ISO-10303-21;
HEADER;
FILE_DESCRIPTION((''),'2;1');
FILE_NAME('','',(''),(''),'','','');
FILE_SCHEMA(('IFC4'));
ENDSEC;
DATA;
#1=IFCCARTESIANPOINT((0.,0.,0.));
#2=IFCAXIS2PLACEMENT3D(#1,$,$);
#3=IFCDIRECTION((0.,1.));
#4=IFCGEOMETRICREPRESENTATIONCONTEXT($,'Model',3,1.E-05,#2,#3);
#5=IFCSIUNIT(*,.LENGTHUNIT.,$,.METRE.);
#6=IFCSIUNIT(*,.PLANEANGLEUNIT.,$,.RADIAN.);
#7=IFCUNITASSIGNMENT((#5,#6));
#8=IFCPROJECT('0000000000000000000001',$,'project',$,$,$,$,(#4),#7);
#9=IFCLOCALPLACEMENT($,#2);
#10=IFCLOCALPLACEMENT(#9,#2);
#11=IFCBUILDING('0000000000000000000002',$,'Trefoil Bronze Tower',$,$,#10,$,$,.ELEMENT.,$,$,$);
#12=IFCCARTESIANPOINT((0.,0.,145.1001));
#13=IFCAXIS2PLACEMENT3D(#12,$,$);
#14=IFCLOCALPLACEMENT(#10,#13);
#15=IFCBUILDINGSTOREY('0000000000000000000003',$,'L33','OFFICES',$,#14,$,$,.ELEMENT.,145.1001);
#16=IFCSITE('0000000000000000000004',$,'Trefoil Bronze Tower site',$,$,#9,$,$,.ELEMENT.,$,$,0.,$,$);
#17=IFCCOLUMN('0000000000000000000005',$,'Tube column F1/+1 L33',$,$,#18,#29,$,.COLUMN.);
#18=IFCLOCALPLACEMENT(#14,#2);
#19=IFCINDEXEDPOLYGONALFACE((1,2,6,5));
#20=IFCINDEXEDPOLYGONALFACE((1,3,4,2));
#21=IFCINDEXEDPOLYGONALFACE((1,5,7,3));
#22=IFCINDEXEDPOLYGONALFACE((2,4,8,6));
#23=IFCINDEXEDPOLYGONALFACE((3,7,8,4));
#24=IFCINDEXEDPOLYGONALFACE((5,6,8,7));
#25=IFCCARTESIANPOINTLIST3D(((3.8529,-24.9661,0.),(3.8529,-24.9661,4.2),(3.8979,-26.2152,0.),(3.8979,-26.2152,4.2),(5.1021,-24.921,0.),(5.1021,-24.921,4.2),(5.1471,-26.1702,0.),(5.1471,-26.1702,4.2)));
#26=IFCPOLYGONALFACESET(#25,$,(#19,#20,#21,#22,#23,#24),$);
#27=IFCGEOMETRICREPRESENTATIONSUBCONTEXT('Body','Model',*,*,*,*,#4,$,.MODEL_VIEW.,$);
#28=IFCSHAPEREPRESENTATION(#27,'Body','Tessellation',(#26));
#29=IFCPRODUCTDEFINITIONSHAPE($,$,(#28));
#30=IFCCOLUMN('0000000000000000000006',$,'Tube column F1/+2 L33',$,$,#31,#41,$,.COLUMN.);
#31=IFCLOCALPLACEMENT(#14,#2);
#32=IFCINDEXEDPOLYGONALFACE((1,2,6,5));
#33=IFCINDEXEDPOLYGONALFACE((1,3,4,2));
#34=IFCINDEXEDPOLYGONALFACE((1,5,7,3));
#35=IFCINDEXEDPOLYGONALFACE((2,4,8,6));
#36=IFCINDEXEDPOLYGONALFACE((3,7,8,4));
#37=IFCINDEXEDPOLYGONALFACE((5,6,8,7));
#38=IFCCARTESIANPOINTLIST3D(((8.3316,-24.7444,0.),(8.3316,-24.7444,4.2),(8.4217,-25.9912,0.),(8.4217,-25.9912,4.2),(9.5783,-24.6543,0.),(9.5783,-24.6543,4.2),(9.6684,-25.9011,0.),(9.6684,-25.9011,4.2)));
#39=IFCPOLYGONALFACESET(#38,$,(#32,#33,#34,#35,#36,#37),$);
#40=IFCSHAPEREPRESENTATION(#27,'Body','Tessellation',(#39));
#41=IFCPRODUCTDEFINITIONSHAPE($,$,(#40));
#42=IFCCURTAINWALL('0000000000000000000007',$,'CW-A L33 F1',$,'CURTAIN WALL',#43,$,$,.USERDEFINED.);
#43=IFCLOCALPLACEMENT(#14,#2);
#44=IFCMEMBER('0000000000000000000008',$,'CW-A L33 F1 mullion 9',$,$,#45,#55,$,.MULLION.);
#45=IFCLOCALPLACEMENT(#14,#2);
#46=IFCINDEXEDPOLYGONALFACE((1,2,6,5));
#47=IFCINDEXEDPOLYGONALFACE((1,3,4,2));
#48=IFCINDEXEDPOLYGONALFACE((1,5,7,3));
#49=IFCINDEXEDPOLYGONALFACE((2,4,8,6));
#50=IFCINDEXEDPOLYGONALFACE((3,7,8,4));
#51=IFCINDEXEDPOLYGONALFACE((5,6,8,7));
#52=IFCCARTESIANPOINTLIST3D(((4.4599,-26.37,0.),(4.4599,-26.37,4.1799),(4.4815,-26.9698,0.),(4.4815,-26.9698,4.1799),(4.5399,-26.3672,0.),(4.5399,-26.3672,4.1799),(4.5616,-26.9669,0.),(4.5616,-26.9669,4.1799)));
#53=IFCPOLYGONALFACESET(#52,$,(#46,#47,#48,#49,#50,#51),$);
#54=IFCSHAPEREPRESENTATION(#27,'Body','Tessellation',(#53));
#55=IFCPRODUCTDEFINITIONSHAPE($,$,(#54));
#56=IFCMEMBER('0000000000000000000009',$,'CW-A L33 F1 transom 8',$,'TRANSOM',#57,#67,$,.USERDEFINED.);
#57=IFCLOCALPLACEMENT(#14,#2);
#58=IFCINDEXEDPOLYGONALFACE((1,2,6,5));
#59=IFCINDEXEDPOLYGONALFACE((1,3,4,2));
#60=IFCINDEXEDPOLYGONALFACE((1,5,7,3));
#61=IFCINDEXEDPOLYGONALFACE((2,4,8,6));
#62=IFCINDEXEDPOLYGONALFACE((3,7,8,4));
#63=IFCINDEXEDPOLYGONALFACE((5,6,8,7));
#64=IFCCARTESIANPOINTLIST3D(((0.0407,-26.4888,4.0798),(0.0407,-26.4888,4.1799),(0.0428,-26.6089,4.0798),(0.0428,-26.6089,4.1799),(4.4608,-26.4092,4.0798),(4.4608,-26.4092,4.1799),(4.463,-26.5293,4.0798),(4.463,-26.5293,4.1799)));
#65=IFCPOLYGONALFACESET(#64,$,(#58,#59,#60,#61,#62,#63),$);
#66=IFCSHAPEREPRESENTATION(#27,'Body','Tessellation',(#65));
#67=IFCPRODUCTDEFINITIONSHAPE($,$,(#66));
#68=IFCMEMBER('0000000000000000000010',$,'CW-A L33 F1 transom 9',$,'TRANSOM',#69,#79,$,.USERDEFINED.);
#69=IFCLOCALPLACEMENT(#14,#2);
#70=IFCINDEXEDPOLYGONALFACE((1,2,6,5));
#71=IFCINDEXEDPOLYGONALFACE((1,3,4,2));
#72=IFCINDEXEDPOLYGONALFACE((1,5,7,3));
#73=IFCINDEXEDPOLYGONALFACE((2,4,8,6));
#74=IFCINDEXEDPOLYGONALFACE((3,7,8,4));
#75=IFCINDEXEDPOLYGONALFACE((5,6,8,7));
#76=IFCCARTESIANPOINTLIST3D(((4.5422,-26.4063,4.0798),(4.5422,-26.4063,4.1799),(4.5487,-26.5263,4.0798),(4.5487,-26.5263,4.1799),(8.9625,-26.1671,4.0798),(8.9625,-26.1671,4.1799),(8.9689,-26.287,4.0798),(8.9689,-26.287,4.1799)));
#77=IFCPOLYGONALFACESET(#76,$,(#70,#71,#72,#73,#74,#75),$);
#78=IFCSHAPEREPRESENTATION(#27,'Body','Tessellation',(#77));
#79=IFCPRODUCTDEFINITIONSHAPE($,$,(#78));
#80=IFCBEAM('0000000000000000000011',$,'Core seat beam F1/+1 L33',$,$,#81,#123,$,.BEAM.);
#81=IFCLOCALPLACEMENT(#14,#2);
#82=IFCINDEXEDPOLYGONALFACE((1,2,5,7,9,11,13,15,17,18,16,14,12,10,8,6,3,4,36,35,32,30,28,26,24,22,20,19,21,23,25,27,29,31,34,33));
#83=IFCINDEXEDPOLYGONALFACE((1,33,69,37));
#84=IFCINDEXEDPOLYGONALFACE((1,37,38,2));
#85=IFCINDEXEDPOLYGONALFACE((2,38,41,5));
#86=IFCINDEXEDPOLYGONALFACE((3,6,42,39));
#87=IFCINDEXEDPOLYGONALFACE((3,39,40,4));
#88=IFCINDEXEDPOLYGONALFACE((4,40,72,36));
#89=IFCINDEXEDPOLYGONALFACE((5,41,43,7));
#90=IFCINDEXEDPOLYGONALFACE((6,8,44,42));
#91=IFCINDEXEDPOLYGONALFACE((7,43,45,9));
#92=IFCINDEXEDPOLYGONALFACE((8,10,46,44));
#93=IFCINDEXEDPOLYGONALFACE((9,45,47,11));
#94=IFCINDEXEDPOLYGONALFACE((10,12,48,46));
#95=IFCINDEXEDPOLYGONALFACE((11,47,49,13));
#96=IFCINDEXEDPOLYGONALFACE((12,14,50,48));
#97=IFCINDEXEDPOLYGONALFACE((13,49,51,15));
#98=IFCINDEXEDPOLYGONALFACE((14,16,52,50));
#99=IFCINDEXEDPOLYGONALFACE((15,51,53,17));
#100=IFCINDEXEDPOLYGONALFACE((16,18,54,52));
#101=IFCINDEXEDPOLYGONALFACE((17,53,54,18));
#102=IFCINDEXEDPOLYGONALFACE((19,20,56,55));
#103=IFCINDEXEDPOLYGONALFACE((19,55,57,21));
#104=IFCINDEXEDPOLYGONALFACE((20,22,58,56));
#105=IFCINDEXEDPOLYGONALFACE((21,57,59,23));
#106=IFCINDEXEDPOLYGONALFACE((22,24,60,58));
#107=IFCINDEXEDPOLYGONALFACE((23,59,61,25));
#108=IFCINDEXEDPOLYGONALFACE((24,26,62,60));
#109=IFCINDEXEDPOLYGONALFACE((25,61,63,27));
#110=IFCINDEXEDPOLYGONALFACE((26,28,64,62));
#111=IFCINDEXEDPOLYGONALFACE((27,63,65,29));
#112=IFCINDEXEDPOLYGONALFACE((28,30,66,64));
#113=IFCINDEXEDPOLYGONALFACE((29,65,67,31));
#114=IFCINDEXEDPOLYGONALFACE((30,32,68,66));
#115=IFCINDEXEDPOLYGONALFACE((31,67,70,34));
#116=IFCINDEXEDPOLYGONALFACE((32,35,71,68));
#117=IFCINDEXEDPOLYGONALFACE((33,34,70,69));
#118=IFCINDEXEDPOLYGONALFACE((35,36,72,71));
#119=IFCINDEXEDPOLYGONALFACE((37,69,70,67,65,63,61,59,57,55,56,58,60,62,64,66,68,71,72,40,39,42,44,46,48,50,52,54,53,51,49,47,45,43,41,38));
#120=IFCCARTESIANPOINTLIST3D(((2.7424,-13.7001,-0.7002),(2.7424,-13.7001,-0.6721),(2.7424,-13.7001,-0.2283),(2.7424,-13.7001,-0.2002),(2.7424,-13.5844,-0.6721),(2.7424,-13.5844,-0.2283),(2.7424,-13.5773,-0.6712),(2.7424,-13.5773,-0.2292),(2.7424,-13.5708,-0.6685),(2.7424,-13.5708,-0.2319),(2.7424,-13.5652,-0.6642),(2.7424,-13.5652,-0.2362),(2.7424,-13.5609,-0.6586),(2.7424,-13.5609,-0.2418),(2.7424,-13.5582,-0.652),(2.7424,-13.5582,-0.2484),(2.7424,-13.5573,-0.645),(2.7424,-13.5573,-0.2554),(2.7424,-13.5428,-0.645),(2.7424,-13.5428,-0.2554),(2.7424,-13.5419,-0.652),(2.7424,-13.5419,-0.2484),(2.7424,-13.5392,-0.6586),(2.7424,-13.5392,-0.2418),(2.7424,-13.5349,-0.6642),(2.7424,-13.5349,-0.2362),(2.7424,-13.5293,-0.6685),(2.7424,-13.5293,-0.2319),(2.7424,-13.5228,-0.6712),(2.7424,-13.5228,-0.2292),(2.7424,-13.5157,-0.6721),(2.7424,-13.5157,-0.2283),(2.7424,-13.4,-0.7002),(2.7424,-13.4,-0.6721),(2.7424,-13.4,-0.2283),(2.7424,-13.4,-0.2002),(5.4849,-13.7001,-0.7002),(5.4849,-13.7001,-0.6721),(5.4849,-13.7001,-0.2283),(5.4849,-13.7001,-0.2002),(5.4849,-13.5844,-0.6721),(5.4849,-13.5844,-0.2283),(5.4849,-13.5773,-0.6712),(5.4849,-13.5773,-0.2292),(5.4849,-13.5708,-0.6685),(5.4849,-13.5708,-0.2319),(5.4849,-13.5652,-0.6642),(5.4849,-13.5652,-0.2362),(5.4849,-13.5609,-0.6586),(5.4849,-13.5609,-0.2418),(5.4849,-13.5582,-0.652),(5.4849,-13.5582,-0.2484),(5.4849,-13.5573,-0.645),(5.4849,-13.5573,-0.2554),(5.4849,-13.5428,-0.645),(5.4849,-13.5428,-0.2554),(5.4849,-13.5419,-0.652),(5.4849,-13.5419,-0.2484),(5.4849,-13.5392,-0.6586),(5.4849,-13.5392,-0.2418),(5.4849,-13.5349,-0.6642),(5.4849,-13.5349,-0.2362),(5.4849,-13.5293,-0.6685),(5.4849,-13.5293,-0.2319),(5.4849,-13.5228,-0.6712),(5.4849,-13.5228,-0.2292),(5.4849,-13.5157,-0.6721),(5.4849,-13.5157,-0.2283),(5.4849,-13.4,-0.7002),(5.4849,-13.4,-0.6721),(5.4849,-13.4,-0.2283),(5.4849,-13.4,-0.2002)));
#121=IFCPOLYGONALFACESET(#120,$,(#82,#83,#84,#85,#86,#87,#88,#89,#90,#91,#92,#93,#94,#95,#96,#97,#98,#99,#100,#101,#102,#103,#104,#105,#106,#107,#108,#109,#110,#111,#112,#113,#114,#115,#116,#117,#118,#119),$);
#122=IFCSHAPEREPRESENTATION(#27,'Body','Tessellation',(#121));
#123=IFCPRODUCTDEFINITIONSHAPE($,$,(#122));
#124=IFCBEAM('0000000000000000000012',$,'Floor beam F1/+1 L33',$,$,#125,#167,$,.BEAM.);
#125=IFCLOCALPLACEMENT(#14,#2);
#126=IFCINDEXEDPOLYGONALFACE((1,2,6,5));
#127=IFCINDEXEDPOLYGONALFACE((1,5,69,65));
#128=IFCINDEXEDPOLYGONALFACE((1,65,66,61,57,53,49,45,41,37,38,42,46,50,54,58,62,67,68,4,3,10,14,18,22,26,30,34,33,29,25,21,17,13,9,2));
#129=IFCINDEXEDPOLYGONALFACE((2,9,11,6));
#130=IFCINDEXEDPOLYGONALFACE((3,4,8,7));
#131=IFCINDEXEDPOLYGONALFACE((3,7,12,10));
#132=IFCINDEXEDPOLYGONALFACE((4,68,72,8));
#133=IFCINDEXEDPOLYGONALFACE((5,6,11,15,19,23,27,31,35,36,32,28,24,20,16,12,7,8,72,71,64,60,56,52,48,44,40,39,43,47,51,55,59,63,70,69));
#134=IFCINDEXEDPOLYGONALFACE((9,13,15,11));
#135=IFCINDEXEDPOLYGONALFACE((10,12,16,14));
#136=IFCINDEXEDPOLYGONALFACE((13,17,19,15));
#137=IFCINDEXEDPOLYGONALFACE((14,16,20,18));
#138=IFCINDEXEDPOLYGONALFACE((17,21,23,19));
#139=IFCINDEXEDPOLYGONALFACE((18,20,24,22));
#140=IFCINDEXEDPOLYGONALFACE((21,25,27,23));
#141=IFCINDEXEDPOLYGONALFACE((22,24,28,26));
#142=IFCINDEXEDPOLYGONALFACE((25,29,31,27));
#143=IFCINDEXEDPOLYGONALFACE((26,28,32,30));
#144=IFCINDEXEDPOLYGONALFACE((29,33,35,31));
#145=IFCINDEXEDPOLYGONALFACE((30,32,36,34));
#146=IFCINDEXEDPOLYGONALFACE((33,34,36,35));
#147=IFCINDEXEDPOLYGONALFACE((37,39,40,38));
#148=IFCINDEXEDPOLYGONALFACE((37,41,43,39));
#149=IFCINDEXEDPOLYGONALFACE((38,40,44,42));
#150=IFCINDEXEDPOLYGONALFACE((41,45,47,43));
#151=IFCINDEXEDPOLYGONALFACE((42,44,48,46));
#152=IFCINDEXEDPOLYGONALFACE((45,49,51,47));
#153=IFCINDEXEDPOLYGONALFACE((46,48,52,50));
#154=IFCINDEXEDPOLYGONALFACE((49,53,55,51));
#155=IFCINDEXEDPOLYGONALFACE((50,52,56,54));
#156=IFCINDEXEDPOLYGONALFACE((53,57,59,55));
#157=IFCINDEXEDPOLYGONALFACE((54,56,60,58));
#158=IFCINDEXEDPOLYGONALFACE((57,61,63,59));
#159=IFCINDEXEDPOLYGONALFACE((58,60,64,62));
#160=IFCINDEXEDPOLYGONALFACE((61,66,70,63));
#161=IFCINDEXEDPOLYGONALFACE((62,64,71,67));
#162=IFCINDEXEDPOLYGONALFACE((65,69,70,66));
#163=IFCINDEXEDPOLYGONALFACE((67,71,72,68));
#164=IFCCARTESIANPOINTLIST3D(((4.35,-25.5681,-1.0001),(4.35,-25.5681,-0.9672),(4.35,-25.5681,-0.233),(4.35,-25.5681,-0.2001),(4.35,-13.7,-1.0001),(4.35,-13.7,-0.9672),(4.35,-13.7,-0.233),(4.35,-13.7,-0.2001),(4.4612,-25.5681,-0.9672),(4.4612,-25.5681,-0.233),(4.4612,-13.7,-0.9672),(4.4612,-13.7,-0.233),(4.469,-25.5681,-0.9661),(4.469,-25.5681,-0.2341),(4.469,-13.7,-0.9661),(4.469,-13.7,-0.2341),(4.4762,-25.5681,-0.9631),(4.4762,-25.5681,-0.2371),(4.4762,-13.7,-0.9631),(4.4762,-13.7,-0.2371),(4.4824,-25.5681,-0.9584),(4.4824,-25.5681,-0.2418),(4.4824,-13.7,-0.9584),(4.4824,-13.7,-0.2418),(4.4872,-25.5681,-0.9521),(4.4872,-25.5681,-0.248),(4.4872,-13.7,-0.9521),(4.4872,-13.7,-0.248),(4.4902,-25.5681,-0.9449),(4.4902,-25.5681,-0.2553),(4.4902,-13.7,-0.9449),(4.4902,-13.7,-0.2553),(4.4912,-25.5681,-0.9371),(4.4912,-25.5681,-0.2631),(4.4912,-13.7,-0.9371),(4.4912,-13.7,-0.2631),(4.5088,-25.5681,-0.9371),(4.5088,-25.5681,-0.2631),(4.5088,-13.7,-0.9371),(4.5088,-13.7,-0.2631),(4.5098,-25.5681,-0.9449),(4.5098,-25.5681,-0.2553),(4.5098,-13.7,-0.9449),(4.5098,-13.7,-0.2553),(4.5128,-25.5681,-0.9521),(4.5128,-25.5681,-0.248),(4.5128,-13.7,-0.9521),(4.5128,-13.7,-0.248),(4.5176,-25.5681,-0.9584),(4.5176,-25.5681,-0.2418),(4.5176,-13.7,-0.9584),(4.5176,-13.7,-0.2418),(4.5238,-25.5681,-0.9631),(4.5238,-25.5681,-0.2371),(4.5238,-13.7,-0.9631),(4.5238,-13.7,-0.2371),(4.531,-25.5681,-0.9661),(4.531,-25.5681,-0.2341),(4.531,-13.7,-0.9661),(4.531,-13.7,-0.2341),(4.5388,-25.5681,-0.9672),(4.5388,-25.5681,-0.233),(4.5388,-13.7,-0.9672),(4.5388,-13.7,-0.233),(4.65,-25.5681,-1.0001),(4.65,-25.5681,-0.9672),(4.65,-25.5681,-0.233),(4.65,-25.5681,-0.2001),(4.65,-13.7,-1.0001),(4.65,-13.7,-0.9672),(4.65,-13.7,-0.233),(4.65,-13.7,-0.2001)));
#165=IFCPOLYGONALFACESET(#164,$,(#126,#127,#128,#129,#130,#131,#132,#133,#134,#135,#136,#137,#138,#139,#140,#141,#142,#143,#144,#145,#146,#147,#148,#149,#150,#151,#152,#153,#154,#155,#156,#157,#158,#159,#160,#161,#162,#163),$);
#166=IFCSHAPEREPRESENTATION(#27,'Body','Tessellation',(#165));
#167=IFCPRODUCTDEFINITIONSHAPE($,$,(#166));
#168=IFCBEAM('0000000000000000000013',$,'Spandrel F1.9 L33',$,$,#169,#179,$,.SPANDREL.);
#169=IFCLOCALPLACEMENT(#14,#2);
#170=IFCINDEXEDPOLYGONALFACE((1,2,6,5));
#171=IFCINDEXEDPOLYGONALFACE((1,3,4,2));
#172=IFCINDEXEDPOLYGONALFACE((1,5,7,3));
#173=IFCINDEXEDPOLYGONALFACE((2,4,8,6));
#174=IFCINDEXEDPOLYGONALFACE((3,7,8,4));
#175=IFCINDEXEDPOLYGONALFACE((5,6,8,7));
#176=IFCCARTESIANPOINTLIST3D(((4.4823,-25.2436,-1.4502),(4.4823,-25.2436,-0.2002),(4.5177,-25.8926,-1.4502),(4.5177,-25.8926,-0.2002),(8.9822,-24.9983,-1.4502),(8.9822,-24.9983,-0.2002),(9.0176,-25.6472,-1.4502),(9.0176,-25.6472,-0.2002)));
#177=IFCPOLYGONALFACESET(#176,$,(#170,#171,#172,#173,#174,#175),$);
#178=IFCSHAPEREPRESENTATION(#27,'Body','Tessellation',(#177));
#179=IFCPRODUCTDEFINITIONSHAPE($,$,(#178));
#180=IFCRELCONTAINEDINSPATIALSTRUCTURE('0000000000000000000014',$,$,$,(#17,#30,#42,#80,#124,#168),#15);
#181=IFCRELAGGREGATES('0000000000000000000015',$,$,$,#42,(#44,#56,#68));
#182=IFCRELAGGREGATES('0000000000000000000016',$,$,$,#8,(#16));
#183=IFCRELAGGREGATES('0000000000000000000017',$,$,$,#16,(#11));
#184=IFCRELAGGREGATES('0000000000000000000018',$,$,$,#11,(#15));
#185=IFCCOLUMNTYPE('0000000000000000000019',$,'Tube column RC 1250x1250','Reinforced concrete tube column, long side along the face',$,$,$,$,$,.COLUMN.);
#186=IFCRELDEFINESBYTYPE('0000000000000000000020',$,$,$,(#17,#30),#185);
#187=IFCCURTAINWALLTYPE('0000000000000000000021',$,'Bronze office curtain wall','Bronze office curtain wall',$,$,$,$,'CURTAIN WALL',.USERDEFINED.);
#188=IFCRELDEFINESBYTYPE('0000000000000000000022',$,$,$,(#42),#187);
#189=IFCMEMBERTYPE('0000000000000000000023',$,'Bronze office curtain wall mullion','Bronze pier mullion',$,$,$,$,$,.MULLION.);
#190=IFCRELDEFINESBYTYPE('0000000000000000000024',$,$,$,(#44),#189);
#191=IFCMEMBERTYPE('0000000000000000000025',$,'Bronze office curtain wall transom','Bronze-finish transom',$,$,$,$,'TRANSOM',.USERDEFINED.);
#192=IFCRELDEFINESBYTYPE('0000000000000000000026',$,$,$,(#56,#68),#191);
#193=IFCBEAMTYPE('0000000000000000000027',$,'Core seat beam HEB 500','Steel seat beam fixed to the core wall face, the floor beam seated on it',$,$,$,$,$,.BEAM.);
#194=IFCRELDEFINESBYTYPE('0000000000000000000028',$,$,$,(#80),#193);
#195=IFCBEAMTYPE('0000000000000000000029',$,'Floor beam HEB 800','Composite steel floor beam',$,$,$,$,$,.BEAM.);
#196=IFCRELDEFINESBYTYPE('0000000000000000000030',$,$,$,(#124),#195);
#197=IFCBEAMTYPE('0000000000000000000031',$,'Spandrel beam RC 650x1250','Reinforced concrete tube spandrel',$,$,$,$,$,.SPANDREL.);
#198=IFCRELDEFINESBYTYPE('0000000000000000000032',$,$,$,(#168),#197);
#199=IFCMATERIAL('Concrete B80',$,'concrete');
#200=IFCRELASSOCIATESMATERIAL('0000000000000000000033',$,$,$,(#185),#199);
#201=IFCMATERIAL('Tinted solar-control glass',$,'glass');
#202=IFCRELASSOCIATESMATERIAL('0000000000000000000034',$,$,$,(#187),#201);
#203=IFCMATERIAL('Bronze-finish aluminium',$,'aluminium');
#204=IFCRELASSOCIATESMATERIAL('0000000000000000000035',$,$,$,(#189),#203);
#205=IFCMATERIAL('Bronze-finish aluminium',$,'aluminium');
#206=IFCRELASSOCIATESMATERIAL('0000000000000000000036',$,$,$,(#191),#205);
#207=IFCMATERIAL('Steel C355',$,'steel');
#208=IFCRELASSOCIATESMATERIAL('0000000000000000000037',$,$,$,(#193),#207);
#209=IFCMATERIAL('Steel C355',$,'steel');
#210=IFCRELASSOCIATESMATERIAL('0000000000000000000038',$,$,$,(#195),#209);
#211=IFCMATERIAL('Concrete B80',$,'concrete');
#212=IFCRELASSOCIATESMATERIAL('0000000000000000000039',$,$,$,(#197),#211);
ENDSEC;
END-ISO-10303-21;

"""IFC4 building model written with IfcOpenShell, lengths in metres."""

from ifc_helpers import new_model, si_unit, direction, frame, origin, origin_2d, place, context, subcontext, project, spatial, rectangle, i_section, extrude, material, material_profile, profile_set, type_object, element, aggregate, save


model = new_model("IFC4")

# Units and contexts
model_context = context("Model", 3, precision=1e-05, world=origin(), true_north=direction((0.0, 1.0)))
body_context = subcontext(model_context, "Body", "Model", "MODEL_VIEW")
ifc_project = project(units=[si_unit("LENGTHUNIT", "METRE"), si_unit("PLANEANGLEUNIT", "RADIAN")], contexts=[model_context])

# Site, building, storey
site_placement = place(None, origin())
site = spatial("IfcSite", under=ifc_project, at=site_placement, Name="Trefoil Bronze Tower site", CompositionType="ELEMENT", RefElevation=0.0)
building_placement = place(site_placement, origin())
building = spatial("IfcBuilding", under=site, at=building_placement, Name="Trefoil Bronze Tower", CompositionType="ELEMENT")
storey_placement = place(building_placement, frame((0.0, 0.0, 145.1001)))
storey = spatial("IfcBuildingStorey", under=building, at=storey_placement, Name="L33", Description="OFFICES", CompositionType="ELEMENT", Elevation=145.1001)

# Columns
ifc_material_1 = material(Name="Concrete B80", Category="concrete")
ifc_material_profile_1 = material_profile(ifc_material_1, rectangle(XDim=1.25, YDim=1.25, at=origin_2d()), Name="RC 1250x1250")
ifc_profile_set_1 = profile_set([ifc_material_profile_1], Name="Concrete B80")
column_type = type_object("IfcColumnType", Name="Tube column RC 1250x1250", Description="Reinforced concrete tube column, long side along the face", PredefinedType="COLUMN", material=ifc_profile_set_1)
for number, where, z_axis, x_axis, name in (
    (1, (4.5, -25.5681, 0.0), (0.0, 0.0, 1.0), (0.99935, 0.036048, 0.0), "Tube column F1/+1 L33"),
    (2, (9.0, -25.3228, 0.0), (0.0, 0.0, 1.0), (0.997398, 0.072096, 0.0), "Tube column F1/+2 L33"),
):
    element("IfcColumn", number, at=place(storey_placement, frame(where, z_axis=z_axis, x_axis=x_axis)), inside=storey, type_object=column_type, Name=name, PredefinedType="COLUMN", context=body_context, shape_type="SweptSolid", body=[
        extrude(rectangle(XDim=1.25, YDim=1.25, at=origin_2d()), origin(), (0.0, 0.0, 1.0), 4.2),
    ])

# Curtain wall, members
ifc_material_2 = material(Name="Tinted solar-control glass", Category="glass")
curtain_wall_type = type_object("IfcCurtainWallType", Name="Bronze office curtain wall", Description="Bronze office curtain wall", ElementType="CURTAIN WALL", PredefinedType="USERDEFINED", material=ifc_material_2)
curtain_wall_placement = place(storey_placement, origin())
curtain_wall = element("IfcCurtainWall", 3, at=curtain_wall_placement, inside=storey, type_object=curtain_wall_type, Name="CW-A L33 F1", ObjectType="CURTAIN WALL", PredefinedType="USERDEFINED")
ifc_material_3 = material(Name="Bronze-finish aluminium", Category="aluminium")
ifc_material_profile_2 = material_profile(ifc_material_3, rectangle(XDim=0.6001, YDim=0.0801, at=origin_2d()), Name="CW-A mullion")
ifc_profile_set_2 = profile_set([ifc_material_profile_2], Name="Bronze-finish aluminium")
member_type_1 = type_object("IfcMemberType", Name="Bronze office curtain wall mullion", Description="Bronze pier mullion", PredefinedType="MULLION", material=ifc_profile_set_2)
member_1_placement = place(storey_placement, frame((4.5107, -26.6685, 0.0), z_axis=(0.0, 0.0, 1.0), x_axis=(-0.036048, 0.99935, 0.0)))
member_1 = element("IfcMember", 4, at=member_1_placement, type_object=member_type_1, Name="CW-A L33 F1 mullion 9", PredefinedType="MULLION", context=body_context, shape_type="SweptSolid", body=[
    extrude(rectangle(XDim=0.6001, YDim=0.0801, at=origin_2d()), origin(), (0.0, 0.0, 1.0), 4.1799),
])
ifc_material_4 = material(Name="Bronze-finish aluminium", Category="aluminium")
ifc_material_profile_3 = material_profile(ifc_material_4, rectangle(XDim=0.1201, YDim=0.1001, at=origin_2d()), Name="CW-A transom")
ifc_profile_set_3 = profile_set([ifc_material_profile_3], Name="Bronze-finish aluminium")
member_type_2 = type_object("IfcMemberType", Name="Bronze office curtain wall transom", Description="Bronze-finish transom", ElementType="TRANSOM", PredefinedType="USERDEFINED", material=ifc_profile_set_3)
member_2_placement = place(storey_placement, frame((0.0417, -26.5488, 4.1299), z_axis=(0.999838, 0.018003, 0.0), x_axis=(-0.018003, 0.999838, 0.0)))
member_2 = element("IfcMember", 5, at=member_2_placement, type_object=member_type_2, Name="CW-A L33 F1 transom 8", ObjectType="TRANSOM", PredefinedType="USERDEFINED", context=body_context, shape_type="SweptSolid", body=[
    extrude(rectangle(XDim=0.1201, YDim=0.1001, at=origin_2d()), origin(), (0.0, 0.0, 1.0), 4.4209),
])
member_3_placement = place(storey_placement, frame((4.5454, -26.4663, 4.1299), z_axis=(0.998538, 0.05405, 0.0), x_axis=(-0.05405, 0.998538, 0.0)))
member_3 = element("IfcMember", 6, at=member_3_placement, type_object=member_type_2, Name="CW-A L33 F1 transom 9", ObjectType="TRANSOM", PredefinedType="USERDEFINED", context=body_context, shape_type="SweptSolid", body=[
    extrude(rectangle(XDim=0.1201, YDim=0.1001, at=origin_2d()), origin(), (0.0, 0.0, 1.0), 4.4268),
])

# Beams
ifc_material_5 = material(Name="Steel C355", Category="steel")
ifc_material_profile_4 = material_profile(ifc_material_5, i_section(OverallWidth=0.3, OverallDepth=0.5, WebThickness=0.0144, FlangeThickness=0.0281, FilletRadius=0.0271, at=origin_2d()), Name="HEB 500")
ifc_profile_set_4 = profile_set([ifc_material_profile_4], Name="Steel C355")
beam_type_1 = type_object("IfcBeamType", Name="Core seat beam HEB 500", Description="Steel seat beam fixed to the core wall face, the floor beam seated on it", PredefinedType="BEAM", material=ifc_profile_set_4)
beam_1_placement = place(storey_placement, frame((2.7424, -13.55, -0.4502), z_axis=(1.0, 0.0, 0.0), x_axis=(0.0, 1.0, 0.0)))
element("IfcBeam", 7, at=beam_1_placement, inside=storey, type_object=beam_type_1, Name="Core seat beam F1/+1 L33", PredefinedType="BEAM", context=body_context, shape_type="SweptSolid", body=[
    extrude(i_section(OverallWidth=0.3, OverallDepth=0.5, WebThickness=0.0144, FlangeThickness=0.0281, FilletRadius=0.0271, at=origin_2d()), origin(), (0.0, 0.0, 1.0), 2.7424),
])
ifc_material_6 = material(Name="Steel C355", Category="steel")
ifc_material_profile_5 = material_profile(ifc_material_6, i_section(OverallWidth=0.3, OverallDepth=0.8, WebThickness=0.0176, FlangeThickness=0.033, FilletRadius=0.03, at=origin_2d()), Name="HEB 800")
ifc_profile_set_5 = profile_set([ifc_material_profile_5], Name="Steel C355")
beam_type_2 = type_object("IfcBeamType", Name="Floor beam HEB 800", Description="Composite steel floor beam", PredefinedType="BEAM", material=ifc_profile_set_5)
beam_2_placement = place(storey_placement, frame((4.5, -25.5681, -0.6001), z_axis=(0.0, 1.0, 0.0), x_axis=(-1.0, 0.0, 0.0)))
element("IfcBeam", 8, at=beam_2_placement, inside=storey, type_object=beam_type_2, Name="Floor beam F1/+1 L33", PredefinedType="BEAM", context=body_context, shape_type="SweptSolid", body=[
    extrude(i_section(OverallWidth=0.3, OverallDepth=0.8, WebThickness=0.0176, FlangeThickness=0.033, FilletRadius=0.03, at=origin_2d()), origin(), (0.0, 0.0, 1.0), 11.8682),
])
ifc_material_7 = material(Name="Concrete B80", Category="concrete")
ifc_material_profile_6 = material_profile(ifc_material_7, rectangle(XDim=0.6499, YDim=1.25, at=origin_2d()), Name="RC 650x1250")
ifc_profile_set_6 = profile_set([ifc_material_profile_6], Name="Concrete B80")
beam_type_3 = type_object("IfcBeamType", Name="Spandrel beam RC 650x1250", Description="Reinforced concrete tube spandrel", PredefinedType="SPANDREL", material=ifc_profile_set_6)
beam_3_placement = place(storey_placement, frame((4.5, -25.5681, -0.8252), z_axis=(0.998517, 0.054444, 0.0), x_axis=(-0.054444, 0.998517, 0.0)))
element("IfcBeam", 9, at=beam_3_placement, inside=storey, type_object=beam_type_3, Name="Spandrel F1.9 L33", PredefinedType="SPANDREL", context=body_context, shape_type="SweptSolid", body=[
    extrude(rectangle(XDim=0.6499, YDim=1.25, at=origin_2d()), origin(), (0.0, 0.0, 1.0), 4.5066),
])

aggregate(curtain_wall, [member_1, member_2, member_3])

save(model, "model.ifc")
